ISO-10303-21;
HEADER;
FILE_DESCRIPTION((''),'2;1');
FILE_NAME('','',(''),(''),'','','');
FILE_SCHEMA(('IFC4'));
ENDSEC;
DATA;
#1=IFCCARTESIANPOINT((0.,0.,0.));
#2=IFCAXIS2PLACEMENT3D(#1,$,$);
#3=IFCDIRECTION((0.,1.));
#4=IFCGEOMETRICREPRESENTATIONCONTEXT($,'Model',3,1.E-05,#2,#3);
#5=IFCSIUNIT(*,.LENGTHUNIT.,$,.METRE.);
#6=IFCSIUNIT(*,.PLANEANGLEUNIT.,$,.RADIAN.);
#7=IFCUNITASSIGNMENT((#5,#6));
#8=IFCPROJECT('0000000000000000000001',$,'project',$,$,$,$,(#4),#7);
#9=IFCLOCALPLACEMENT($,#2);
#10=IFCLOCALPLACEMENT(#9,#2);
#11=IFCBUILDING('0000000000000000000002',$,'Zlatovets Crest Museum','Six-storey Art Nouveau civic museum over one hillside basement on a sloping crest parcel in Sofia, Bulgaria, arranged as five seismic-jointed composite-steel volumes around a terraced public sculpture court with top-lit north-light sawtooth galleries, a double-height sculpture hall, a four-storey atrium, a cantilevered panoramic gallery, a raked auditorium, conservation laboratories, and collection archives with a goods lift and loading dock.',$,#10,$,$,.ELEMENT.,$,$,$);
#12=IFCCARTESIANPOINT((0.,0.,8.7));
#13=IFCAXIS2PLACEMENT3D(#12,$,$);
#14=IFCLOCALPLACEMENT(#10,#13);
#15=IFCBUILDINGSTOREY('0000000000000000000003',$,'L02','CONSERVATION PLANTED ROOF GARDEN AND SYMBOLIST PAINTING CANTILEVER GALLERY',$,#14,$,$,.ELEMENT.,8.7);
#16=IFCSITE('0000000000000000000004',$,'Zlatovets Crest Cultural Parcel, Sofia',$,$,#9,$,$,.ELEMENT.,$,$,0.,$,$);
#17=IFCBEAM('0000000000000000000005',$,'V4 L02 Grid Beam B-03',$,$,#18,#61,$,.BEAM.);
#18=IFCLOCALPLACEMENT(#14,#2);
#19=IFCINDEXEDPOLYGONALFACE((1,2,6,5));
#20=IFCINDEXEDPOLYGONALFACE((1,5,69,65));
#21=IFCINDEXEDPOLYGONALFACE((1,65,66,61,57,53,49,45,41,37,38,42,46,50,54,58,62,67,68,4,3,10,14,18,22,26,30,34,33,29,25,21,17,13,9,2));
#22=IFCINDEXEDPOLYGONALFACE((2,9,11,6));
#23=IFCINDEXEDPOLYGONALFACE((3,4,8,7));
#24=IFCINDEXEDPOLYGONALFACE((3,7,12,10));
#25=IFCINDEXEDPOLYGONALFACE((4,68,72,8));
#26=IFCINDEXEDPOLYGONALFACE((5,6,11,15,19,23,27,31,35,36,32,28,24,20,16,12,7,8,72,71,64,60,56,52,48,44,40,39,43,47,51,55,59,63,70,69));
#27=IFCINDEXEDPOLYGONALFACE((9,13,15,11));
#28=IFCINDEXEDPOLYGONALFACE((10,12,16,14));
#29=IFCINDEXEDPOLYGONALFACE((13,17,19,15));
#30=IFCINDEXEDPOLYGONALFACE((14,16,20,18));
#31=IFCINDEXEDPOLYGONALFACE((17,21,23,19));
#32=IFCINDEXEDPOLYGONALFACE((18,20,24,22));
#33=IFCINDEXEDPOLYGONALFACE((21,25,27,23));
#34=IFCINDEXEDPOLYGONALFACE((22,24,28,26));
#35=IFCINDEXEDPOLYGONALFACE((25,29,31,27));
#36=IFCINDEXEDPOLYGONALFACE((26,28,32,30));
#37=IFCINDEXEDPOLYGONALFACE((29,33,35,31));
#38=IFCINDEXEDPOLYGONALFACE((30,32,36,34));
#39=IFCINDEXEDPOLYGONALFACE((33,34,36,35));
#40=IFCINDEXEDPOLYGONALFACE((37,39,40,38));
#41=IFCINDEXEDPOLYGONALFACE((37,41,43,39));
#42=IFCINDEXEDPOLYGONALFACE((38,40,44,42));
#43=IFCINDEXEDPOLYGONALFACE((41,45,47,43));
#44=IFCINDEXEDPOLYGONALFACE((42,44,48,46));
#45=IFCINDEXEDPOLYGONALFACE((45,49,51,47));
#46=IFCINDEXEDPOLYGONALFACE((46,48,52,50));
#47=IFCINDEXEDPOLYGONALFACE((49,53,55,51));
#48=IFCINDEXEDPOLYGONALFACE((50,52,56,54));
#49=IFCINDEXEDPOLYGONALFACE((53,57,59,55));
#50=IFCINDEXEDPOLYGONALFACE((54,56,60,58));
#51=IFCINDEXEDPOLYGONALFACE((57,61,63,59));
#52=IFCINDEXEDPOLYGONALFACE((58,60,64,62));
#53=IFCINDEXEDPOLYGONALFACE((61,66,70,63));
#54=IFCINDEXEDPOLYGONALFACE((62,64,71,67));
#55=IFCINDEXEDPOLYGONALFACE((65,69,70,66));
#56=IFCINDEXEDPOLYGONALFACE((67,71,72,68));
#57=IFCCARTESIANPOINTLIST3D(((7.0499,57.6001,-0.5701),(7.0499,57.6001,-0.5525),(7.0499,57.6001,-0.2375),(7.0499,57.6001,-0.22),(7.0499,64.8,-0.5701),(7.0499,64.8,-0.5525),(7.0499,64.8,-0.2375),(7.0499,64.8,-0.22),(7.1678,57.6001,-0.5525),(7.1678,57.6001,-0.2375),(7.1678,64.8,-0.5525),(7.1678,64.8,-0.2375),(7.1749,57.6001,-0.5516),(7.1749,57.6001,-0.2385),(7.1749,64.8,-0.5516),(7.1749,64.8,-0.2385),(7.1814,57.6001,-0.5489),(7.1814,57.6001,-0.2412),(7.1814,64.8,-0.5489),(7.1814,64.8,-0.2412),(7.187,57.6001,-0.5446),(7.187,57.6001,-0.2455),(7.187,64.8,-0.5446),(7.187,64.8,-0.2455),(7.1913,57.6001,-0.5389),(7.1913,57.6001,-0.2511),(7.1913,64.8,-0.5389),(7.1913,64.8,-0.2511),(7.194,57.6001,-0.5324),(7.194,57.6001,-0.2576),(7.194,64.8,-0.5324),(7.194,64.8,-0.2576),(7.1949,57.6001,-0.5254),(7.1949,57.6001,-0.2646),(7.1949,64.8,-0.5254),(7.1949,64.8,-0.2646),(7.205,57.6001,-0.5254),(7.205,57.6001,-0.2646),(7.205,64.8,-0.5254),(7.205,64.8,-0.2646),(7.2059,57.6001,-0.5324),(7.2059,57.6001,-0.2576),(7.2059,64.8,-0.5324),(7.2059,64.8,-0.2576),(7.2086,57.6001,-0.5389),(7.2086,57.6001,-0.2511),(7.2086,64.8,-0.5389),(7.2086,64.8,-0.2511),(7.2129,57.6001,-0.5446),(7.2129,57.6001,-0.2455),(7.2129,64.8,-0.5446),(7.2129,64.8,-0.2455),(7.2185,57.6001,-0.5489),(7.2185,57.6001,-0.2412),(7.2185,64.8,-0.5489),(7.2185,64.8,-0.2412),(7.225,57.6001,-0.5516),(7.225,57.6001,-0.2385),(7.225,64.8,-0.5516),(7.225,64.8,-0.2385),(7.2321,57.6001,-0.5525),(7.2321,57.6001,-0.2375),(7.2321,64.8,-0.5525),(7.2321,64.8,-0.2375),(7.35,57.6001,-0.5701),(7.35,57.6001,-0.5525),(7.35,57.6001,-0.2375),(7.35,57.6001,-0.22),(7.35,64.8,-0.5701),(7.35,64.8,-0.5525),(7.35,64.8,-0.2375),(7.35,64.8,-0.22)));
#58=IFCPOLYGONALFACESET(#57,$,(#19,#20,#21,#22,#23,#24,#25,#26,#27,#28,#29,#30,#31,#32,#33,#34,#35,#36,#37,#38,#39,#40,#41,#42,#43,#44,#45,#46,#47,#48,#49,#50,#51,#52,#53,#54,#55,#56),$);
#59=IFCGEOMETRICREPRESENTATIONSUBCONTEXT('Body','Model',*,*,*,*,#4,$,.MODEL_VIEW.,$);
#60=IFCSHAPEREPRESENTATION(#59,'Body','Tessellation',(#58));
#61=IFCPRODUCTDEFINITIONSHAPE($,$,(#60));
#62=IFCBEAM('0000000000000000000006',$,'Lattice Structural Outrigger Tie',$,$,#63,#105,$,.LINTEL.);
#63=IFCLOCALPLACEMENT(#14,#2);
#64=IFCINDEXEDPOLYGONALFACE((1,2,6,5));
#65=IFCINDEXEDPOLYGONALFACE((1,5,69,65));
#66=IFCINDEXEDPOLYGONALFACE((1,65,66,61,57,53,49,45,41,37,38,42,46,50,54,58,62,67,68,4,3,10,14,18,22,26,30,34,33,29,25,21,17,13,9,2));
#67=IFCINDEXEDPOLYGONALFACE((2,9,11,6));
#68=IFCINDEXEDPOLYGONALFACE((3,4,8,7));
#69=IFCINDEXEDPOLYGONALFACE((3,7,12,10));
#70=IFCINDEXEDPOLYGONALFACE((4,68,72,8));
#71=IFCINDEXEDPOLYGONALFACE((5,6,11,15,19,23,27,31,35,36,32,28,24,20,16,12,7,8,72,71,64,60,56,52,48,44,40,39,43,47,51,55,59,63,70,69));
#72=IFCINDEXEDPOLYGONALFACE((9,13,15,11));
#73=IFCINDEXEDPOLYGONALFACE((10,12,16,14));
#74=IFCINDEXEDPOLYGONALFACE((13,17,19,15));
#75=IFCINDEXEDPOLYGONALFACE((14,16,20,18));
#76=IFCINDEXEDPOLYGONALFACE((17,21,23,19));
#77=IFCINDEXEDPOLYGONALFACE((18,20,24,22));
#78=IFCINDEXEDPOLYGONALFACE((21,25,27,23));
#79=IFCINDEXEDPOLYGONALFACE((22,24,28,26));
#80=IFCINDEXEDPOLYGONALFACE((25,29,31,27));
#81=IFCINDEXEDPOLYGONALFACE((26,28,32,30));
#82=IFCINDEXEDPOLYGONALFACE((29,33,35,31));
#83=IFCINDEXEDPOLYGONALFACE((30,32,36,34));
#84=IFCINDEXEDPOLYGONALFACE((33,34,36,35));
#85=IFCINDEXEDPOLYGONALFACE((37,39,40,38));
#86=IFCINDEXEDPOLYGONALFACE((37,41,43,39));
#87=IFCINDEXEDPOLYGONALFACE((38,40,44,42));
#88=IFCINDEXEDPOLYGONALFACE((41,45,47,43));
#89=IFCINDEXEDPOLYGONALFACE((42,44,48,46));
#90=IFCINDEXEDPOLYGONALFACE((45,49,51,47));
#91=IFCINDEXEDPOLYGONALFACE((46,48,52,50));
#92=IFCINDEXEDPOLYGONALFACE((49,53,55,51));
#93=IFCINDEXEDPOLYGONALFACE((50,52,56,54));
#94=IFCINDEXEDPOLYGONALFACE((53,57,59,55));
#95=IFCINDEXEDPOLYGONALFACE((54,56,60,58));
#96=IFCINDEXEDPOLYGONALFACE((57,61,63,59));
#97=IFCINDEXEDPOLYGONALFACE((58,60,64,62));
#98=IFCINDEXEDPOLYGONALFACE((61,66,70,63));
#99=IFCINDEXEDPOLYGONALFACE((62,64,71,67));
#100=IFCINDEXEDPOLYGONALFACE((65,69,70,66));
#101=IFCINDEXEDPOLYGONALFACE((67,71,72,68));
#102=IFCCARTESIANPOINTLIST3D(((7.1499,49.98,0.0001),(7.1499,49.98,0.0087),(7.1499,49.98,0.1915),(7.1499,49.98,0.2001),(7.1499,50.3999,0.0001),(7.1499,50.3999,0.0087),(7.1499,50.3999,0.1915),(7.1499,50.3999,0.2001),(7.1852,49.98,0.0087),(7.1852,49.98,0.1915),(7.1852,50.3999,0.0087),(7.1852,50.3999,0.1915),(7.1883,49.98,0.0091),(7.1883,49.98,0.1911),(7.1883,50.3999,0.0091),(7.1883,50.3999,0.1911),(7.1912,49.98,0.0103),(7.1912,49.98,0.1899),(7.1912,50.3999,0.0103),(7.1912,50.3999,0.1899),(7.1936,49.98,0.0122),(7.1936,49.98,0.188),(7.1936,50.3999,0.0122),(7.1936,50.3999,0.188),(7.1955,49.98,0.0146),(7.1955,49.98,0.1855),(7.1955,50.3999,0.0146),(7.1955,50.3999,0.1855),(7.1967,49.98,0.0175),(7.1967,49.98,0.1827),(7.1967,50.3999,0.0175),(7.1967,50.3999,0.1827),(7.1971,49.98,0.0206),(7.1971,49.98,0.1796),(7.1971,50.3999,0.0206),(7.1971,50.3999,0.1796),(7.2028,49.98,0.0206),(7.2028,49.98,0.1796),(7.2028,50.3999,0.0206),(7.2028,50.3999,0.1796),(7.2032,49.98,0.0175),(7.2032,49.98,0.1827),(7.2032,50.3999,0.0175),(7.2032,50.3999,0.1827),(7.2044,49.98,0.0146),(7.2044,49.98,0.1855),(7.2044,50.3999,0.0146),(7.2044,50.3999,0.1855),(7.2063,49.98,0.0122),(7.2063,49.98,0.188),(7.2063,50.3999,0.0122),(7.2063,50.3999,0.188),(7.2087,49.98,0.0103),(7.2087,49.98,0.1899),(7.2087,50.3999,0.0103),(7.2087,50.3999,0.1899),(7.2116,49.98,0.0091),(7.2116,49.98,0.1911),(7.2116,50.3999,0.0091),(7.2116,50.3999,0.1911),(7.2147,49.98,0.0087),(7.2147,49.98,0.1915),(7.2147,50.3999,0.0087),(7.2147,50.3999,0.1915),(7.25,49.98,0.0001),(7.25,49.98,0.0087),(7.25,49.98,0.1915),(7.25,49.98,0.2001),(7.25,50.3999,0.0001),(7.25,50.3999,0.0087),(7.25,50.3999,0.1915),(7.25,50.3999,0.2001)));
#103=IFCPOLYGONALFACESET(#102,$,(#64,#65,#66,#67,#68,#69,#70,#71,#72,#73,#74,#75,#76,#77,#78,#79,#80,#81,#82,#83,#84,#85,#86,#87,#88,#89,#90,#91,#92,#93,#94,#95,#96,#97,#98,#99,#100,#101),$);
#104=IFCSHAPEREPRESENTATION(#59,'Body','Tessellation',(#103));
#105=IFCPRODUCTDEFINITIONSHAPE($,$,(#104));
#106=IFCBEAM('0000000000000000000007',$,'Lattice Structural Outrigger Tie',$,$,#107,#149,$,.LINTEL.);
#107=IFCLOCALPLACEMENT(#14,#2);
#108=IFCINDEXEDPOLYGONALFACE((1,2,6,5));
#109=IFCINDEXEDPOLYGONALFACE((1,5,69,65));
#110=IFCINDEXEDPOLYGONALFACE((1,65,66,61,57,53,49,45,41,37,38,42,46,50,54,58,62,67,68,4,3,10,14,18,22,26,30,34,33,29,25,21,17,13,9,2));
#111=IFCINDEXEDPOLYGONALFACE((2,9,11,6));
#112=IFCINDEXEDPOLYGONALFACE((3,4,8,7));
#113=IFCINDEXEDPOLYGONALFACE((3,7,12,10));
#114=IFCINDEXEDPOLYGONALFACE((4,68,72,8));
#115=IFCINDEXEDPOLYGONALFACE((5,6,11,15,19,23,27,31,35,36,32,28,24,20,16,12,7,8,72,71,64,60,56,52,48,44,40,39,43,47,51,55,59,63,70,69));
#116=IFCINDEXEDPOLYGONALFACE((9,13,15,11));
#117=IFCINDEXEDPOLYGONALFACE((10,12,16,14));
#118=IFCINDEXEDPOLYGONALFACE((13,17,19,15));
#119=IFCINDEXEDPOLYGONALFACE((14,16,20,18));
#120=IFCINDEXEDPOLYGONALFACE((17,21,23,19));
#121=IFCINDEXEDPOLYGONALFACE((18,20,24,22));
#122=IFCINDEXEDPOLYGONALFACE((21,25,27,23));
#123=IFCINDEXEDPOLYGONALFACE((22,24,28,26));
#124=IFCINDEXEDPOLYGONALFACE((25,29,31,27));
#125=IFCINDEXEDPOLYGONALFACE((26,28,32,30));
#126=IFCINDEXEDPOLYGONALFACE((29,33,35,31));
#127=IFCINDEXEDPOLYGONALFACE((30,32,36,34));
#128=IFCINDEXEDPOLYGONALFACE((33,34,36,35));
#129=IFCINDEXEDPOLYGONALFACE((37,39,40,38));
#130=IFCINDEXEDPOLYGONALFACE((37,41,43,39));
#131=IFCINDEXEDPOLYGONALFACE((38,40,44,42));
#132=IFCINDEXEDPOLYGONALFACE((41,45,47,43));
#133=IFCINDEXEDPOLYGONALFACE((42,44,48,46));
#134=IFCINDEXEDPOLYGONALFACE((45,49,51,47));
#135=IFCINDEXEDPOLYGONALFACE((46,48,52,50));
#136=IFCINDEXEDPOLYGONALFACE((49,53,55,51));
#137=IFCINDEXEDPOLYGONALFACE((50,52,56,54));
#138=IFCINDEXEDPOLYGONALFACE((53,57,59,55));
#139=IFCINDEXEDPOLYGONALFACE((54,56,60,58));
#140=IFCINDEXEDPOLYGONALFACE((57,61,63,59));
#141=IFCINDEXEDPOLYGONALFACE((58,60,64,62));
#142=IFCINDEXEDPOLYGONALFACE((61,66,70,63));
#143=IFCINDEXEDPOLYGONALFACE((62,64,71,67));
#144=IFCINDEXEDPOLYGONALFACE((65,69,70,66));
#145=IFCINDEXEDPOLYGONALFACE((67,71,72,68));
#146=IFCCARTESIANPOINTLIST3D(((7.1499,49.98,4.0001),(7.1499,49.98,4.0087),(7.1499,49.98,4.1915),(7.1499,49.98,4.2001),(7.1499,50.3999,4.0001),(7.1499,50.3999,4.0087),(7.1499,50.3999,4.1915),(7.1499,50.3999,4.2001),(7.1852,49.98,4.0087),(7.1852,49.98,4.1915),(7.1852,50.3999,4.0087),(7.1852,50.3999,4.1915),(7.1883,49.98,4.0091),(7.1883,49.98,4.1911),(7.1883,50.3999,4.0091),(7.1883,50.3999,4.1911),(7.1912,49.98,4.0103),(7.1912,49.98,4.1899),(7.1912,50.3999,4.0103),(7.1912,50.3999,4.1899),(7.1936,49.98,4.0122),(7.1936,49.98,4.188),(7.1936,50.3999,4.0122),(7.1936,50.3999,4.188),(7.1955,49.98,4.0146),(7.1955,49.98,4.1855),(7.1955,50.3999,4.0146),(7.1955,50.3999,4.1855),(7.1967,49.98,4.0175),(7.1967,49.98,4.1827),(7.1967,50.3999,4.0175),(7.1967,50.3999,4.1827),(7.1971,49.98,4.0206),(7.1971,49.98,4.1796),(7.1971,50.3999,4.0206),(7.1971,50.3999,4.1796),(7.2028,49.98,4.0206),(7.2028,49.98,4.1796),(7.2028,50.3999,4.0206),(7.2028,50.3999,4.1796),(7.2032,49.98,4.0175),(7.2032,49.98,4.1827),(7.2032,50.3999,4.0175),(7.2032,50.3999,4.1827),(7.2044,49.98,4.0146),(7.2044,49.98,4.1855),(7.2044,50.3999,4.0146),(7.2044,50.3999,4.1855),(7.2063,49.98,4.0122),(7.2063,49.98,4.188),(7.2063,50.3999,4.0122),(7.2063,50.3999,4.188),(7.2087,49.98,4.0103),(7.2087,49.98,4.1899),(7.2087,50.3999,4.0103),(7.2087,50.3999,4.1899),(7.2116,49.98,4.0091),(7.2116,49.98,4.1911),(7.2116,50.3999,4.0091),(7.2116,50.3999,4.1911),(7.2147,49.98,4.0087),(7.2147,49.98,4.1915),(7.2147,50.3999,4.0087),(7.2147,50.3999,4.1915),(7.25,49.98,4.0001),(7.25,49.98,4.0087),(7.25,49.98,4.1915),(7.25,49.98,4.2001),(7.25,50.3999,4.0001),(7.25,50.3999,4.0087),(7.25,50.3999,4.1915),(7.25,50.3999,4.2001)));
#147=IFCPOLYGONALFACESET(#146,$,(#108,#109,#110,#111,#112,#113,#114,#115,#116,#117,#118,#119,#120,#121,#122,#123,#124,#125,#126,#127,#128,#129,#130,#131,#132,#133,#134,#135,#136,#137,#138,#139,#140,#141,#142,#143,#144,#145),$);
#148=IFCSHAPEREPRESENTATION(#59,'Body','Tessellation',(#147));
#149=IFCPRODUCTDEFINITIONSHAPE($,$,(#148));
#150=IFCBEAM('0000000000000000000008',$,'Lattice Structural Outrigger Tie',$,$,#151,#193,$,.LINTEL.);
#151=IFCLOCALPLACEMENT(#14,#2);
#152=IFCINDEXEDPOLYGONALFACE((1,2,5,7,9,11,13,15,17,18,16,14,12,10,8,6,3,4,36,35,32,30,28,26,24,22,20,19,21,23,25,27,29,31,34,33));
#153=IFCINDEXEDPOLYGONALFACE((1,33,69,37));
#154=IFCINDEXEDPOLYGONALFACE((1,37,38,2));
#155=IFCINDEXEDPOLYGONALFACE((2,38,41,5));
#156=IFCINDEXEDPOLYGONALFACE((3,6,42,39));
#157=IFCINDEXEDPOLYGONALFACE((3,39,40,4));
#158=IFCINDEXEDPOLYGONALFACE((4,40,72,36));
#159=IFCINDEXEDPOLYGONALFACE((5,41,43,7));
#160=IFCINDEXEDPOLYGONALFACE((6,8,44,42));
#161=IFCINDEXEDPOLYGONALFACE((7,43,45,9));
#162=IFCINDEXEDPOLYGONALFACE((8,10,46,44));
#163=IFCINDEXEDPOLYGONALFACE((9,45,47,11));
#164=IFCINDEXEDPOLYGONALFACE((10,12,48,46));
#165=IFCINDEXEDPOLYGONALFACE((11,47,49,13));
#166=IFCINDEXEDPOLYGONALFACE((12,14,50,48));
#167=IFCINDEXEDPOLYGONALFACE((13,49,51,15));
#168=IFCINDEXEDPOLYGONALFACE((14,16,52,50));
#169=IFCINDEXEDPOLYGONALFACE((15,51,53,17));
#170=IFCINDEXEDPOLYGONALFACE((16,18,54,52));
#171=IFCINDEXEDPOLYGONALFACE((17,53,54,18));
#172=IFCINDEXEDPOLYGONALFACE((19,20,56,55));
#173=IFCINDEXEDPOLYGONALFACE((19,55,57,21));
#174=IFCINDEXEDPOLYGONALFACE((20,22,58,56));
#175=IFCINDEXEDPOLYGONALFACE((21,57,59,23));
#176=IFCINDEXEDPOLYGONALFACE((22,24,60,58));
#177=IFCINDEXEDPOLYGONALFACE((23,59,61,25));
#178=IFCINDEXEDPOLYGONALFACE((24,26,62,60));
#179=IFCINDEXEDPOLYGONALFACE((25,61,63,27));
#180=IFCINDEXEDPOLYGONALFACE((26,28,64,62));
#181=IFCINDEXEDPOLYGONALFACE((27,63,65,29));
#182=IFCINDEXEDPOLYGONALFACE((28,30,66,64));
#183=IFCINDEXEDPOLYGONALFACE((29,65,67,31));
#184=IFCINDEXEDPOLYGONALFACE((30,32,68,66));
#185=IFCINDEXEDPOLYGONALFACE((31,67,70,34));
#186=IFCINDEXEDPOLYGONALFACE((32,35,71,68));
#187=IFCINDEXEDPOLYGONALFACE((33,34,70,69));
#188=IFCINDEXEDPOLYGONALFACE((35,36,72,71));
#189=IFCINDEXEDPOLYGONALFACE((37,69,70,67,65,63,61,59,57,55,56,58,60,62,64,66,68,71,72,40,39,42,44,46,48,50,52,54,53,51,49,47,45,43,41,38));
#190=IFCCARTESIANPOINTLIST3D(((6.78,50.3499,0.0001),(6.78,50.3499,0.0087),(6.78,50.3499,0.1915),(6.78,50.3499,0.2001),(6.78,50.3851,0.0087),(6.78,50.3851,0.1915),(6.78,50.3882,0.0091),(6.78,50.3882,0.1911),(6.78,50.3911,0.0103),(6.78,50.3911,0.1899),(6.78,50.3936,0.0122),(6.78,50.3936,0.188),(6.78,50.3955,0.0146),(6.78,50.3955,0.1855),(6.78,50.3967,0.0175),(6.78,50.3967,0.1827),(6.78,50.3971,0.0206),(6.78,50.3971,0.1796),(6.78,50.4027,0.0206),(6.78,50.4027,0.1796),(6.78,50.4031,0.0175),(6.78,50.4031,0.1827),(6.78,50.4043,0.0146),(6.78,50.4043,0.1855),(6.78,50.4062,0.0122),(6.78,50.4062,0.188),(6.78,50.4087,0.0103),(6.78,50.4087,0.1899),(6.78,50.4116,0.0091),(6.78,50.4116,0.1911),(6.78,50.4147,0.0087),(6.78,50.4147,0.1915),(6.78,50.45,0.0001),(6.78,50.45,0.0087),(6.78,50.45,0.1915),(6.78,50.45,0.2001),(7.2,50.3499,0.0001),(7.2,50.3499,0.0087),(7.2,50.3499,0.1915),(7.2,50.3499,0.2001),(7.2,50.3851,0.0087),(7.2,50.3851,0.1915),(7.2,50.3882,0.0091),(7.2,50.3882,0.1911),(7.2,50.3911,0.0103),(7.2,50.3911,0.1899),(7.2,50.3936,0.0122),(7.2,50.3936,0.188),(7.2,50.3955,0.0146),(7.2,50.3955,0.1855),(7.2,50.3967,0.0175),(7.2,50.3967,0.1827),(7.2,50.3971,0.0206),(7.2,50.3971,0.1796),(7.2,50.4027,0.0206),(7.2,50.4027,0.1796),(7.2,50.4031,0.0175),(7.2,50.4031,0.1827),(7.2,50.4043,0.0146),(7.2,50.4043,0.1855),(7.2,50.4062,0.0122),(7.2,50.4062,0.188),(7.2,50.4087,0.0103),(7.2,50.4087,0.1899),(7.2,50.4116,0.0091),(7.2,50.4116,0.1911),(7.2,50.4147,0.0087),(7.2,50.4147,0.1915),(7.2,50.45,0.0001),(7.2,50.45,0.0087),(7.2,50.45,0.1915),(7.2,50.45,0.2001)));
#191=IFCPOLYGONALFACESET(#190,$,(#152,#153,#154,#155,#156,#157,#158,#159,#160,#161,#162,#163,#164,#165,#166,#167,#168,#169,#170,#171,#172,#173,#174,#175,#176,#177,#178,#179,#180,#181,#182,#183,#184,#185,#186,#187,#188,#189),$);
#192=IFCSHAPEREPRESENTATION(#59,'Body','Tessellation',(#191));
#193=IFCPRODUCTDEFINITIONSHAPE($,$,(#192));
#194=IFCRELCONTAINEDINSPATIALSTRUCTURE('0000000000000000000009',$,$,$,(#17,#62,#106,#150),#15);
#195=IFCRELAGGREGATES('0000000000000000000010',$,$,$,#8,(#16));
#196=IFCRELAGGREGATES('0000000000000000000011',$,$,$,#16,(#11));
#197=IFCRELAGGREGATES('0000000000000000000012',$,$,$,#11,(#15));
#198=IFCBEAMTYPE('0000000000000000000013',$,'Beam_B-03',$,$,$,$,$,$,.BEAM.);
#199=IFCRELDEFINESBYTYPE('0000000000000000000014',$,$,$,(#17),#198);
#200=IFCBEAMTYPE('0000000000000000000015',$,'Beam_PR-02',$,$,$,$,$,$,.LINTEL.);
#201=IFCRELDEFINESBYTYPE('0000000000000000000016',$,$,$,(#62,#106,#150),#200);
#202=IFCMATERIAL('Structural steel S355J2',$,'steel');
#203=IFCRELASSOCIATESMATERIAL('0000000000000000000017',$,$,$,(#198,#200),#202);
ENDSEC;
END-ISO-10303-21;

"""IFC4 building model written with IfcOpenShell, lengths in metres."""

from ifc_helpers import new_model, si_unit, direction, frame, origin, origin_2d, place, context, subcontext, project, spatial, i_section, extrude, material, material_profile, profile_set, type_object, element, save


model = new_model("IFC4")

# Units and contexts
model_context = context("Model", 3, precision=1e-05, world=origin(), true_north=direction((0.0, 1.0)))
body_context = subcontext(model_context, "Body", "Model", "MODEL_VIEW")
ifc_project = project(units=[si_unit("LENGTHUNIT", "METRE"), si_unit("PLANEANGLEUNIT", "RADIAN")], contexts=[model_context])

# Site, building, storey
site_placement = place(None, origin())
site = spatial("IfcSite", under=ifc_project, at=site_placement, Name="Zlatovets Crest Cultural Parcel, Sofia", CompositionType="ELEMENT", RefElevation=0.0)
building_placement = place(site_placement, origin())
building = spatial("IfcBuilding", under=site, at=building_placement, Name="Zlatovets Crest Museum", Description="Six-storey Art Nouveau civic museum over one hillside basement on a sloping crest parcel in Sofia, Bulgaria, arranged as five seismic-jointed composite-steel volumes around a terraced public sculpture court with top-lit north-light sawtooth galleries, a double-height sculpture hall, a four-storey atrium, a cantilevered panoramic gallery, a raked auditorium, conservation laboratories, and collection archives with a goods lift and loading dock.", CompositionType="ELEMENT")
storey_placement = place(building_placement, frame((0.0, 0.0, 8.7)))
storey = spatial("IfcBuildingStorey", under=building, at=storey_placement, Name="L02", Description="CONSERVATION PLANTED ROOF GARDEN AND SYMBOLIST PAINTING CANTILEVER GALLERY", CompositionType="ELEMENT", Elevation=8.7)

# Shared definitions
ifc_material_1 = material(Name="Structural steel S355J2", Category="steel")

# Beams
ifc_material_profile_1 = material_profile(ifc_material_1, i_section(OverallWidth=0.3, OverallDepth=0.3501, WebThickness=0.01, FlangeThickness=0.0176, FilletRadius=0.0271, at=origin_2d()), Name="HEA 360")
ifc_profile_set_1 = profile_set([ifc_material_profile_1], Name="Structural steel S355J2")
beam_type_1 = type_object("IfcBeamType", Name="Beam_B-03", PredefinedType="BEAM", material=ifc_profile_set_1)
beam_1_placement = place(storey_placement, frame((7.2, 57.6001, -0.395), z_axis=(0.0, 1.0, 0.0), x_axis=(-1.0, 0.0, 0.0)))
element("IfcBeam", 1, at=beam_1_placement, inside=storey, type_object=beam_type_1, Name="V4 L02 Grid Beam B-03", PredefinedType="BEAM", context=body_context, shape_type="SweptSolid", body=[
    extrude(i_section(OverallWidth=0.3, OverallDepth=0.3501, WebThickness=0.01, FlangeThickness=0.0176, FilletRadius=0.0271, at=origin_2d()), origin(), (0.0, 0.0, 1.0), 7.2),
])
ifc_material_profile_2 = material_profile(ifc_material_1, i_section(OverallWidth=0.1001, OverallDepth=0.2, WebThickness=0.0056, FlangeThickness=0.0085, FilletRadius=0.012, at=origin_2d()), Name="IPE 200")
ifc_profile_set_2 = profile_set([ifc_material_profile_2], Name="Structural steel S355J2")
beam_type_2 = type_object("IfcBeamType", Name="Beam_PR-02", PredefinedType="LINTEL", material=ifc_profile_set_2)
for number, where, z_axis, x_axis, name in (
    (2, (7.2, 50.3999, 0.1001), (0.0, -1.0, 0.0), (1.0, 0.0, 0.0), "Lattice Structural Outrigger Tie"),
    (3, (7.2, 50.3999, 4.1001), (0.0, -1.0, 0.0), (1.0, 0.0, 0.0), "Lattice Structural Outrigger Tie"),
    (4, (7.2, 50.3999, 0.1001), (-1.0, 0.0, 0.0), (0.0, -1.0, 0.0), "Lattice Structural Outrigger Tie"),
):
    element("IfcBeam", number, at=place(storey_placement, frame(where, z_axis=z_axis, x_axis=x_axis)), inside=storey, type_object=beam_type_2, Name=name, PredefinedType="LINTEL", context=body_context, shape_type="SweptSolid", body=[
        extrude(i_section(OverallWidth=0.1001, OverallDepth=0.2, WebThickness=0.0056, FlangeThickness=0.0085, FilletRadius=0.012, at=origin_2d()), origin(), (0.0, 0.0, 1.0), 0.4199),
    ])

save(model, "model.ifc")
